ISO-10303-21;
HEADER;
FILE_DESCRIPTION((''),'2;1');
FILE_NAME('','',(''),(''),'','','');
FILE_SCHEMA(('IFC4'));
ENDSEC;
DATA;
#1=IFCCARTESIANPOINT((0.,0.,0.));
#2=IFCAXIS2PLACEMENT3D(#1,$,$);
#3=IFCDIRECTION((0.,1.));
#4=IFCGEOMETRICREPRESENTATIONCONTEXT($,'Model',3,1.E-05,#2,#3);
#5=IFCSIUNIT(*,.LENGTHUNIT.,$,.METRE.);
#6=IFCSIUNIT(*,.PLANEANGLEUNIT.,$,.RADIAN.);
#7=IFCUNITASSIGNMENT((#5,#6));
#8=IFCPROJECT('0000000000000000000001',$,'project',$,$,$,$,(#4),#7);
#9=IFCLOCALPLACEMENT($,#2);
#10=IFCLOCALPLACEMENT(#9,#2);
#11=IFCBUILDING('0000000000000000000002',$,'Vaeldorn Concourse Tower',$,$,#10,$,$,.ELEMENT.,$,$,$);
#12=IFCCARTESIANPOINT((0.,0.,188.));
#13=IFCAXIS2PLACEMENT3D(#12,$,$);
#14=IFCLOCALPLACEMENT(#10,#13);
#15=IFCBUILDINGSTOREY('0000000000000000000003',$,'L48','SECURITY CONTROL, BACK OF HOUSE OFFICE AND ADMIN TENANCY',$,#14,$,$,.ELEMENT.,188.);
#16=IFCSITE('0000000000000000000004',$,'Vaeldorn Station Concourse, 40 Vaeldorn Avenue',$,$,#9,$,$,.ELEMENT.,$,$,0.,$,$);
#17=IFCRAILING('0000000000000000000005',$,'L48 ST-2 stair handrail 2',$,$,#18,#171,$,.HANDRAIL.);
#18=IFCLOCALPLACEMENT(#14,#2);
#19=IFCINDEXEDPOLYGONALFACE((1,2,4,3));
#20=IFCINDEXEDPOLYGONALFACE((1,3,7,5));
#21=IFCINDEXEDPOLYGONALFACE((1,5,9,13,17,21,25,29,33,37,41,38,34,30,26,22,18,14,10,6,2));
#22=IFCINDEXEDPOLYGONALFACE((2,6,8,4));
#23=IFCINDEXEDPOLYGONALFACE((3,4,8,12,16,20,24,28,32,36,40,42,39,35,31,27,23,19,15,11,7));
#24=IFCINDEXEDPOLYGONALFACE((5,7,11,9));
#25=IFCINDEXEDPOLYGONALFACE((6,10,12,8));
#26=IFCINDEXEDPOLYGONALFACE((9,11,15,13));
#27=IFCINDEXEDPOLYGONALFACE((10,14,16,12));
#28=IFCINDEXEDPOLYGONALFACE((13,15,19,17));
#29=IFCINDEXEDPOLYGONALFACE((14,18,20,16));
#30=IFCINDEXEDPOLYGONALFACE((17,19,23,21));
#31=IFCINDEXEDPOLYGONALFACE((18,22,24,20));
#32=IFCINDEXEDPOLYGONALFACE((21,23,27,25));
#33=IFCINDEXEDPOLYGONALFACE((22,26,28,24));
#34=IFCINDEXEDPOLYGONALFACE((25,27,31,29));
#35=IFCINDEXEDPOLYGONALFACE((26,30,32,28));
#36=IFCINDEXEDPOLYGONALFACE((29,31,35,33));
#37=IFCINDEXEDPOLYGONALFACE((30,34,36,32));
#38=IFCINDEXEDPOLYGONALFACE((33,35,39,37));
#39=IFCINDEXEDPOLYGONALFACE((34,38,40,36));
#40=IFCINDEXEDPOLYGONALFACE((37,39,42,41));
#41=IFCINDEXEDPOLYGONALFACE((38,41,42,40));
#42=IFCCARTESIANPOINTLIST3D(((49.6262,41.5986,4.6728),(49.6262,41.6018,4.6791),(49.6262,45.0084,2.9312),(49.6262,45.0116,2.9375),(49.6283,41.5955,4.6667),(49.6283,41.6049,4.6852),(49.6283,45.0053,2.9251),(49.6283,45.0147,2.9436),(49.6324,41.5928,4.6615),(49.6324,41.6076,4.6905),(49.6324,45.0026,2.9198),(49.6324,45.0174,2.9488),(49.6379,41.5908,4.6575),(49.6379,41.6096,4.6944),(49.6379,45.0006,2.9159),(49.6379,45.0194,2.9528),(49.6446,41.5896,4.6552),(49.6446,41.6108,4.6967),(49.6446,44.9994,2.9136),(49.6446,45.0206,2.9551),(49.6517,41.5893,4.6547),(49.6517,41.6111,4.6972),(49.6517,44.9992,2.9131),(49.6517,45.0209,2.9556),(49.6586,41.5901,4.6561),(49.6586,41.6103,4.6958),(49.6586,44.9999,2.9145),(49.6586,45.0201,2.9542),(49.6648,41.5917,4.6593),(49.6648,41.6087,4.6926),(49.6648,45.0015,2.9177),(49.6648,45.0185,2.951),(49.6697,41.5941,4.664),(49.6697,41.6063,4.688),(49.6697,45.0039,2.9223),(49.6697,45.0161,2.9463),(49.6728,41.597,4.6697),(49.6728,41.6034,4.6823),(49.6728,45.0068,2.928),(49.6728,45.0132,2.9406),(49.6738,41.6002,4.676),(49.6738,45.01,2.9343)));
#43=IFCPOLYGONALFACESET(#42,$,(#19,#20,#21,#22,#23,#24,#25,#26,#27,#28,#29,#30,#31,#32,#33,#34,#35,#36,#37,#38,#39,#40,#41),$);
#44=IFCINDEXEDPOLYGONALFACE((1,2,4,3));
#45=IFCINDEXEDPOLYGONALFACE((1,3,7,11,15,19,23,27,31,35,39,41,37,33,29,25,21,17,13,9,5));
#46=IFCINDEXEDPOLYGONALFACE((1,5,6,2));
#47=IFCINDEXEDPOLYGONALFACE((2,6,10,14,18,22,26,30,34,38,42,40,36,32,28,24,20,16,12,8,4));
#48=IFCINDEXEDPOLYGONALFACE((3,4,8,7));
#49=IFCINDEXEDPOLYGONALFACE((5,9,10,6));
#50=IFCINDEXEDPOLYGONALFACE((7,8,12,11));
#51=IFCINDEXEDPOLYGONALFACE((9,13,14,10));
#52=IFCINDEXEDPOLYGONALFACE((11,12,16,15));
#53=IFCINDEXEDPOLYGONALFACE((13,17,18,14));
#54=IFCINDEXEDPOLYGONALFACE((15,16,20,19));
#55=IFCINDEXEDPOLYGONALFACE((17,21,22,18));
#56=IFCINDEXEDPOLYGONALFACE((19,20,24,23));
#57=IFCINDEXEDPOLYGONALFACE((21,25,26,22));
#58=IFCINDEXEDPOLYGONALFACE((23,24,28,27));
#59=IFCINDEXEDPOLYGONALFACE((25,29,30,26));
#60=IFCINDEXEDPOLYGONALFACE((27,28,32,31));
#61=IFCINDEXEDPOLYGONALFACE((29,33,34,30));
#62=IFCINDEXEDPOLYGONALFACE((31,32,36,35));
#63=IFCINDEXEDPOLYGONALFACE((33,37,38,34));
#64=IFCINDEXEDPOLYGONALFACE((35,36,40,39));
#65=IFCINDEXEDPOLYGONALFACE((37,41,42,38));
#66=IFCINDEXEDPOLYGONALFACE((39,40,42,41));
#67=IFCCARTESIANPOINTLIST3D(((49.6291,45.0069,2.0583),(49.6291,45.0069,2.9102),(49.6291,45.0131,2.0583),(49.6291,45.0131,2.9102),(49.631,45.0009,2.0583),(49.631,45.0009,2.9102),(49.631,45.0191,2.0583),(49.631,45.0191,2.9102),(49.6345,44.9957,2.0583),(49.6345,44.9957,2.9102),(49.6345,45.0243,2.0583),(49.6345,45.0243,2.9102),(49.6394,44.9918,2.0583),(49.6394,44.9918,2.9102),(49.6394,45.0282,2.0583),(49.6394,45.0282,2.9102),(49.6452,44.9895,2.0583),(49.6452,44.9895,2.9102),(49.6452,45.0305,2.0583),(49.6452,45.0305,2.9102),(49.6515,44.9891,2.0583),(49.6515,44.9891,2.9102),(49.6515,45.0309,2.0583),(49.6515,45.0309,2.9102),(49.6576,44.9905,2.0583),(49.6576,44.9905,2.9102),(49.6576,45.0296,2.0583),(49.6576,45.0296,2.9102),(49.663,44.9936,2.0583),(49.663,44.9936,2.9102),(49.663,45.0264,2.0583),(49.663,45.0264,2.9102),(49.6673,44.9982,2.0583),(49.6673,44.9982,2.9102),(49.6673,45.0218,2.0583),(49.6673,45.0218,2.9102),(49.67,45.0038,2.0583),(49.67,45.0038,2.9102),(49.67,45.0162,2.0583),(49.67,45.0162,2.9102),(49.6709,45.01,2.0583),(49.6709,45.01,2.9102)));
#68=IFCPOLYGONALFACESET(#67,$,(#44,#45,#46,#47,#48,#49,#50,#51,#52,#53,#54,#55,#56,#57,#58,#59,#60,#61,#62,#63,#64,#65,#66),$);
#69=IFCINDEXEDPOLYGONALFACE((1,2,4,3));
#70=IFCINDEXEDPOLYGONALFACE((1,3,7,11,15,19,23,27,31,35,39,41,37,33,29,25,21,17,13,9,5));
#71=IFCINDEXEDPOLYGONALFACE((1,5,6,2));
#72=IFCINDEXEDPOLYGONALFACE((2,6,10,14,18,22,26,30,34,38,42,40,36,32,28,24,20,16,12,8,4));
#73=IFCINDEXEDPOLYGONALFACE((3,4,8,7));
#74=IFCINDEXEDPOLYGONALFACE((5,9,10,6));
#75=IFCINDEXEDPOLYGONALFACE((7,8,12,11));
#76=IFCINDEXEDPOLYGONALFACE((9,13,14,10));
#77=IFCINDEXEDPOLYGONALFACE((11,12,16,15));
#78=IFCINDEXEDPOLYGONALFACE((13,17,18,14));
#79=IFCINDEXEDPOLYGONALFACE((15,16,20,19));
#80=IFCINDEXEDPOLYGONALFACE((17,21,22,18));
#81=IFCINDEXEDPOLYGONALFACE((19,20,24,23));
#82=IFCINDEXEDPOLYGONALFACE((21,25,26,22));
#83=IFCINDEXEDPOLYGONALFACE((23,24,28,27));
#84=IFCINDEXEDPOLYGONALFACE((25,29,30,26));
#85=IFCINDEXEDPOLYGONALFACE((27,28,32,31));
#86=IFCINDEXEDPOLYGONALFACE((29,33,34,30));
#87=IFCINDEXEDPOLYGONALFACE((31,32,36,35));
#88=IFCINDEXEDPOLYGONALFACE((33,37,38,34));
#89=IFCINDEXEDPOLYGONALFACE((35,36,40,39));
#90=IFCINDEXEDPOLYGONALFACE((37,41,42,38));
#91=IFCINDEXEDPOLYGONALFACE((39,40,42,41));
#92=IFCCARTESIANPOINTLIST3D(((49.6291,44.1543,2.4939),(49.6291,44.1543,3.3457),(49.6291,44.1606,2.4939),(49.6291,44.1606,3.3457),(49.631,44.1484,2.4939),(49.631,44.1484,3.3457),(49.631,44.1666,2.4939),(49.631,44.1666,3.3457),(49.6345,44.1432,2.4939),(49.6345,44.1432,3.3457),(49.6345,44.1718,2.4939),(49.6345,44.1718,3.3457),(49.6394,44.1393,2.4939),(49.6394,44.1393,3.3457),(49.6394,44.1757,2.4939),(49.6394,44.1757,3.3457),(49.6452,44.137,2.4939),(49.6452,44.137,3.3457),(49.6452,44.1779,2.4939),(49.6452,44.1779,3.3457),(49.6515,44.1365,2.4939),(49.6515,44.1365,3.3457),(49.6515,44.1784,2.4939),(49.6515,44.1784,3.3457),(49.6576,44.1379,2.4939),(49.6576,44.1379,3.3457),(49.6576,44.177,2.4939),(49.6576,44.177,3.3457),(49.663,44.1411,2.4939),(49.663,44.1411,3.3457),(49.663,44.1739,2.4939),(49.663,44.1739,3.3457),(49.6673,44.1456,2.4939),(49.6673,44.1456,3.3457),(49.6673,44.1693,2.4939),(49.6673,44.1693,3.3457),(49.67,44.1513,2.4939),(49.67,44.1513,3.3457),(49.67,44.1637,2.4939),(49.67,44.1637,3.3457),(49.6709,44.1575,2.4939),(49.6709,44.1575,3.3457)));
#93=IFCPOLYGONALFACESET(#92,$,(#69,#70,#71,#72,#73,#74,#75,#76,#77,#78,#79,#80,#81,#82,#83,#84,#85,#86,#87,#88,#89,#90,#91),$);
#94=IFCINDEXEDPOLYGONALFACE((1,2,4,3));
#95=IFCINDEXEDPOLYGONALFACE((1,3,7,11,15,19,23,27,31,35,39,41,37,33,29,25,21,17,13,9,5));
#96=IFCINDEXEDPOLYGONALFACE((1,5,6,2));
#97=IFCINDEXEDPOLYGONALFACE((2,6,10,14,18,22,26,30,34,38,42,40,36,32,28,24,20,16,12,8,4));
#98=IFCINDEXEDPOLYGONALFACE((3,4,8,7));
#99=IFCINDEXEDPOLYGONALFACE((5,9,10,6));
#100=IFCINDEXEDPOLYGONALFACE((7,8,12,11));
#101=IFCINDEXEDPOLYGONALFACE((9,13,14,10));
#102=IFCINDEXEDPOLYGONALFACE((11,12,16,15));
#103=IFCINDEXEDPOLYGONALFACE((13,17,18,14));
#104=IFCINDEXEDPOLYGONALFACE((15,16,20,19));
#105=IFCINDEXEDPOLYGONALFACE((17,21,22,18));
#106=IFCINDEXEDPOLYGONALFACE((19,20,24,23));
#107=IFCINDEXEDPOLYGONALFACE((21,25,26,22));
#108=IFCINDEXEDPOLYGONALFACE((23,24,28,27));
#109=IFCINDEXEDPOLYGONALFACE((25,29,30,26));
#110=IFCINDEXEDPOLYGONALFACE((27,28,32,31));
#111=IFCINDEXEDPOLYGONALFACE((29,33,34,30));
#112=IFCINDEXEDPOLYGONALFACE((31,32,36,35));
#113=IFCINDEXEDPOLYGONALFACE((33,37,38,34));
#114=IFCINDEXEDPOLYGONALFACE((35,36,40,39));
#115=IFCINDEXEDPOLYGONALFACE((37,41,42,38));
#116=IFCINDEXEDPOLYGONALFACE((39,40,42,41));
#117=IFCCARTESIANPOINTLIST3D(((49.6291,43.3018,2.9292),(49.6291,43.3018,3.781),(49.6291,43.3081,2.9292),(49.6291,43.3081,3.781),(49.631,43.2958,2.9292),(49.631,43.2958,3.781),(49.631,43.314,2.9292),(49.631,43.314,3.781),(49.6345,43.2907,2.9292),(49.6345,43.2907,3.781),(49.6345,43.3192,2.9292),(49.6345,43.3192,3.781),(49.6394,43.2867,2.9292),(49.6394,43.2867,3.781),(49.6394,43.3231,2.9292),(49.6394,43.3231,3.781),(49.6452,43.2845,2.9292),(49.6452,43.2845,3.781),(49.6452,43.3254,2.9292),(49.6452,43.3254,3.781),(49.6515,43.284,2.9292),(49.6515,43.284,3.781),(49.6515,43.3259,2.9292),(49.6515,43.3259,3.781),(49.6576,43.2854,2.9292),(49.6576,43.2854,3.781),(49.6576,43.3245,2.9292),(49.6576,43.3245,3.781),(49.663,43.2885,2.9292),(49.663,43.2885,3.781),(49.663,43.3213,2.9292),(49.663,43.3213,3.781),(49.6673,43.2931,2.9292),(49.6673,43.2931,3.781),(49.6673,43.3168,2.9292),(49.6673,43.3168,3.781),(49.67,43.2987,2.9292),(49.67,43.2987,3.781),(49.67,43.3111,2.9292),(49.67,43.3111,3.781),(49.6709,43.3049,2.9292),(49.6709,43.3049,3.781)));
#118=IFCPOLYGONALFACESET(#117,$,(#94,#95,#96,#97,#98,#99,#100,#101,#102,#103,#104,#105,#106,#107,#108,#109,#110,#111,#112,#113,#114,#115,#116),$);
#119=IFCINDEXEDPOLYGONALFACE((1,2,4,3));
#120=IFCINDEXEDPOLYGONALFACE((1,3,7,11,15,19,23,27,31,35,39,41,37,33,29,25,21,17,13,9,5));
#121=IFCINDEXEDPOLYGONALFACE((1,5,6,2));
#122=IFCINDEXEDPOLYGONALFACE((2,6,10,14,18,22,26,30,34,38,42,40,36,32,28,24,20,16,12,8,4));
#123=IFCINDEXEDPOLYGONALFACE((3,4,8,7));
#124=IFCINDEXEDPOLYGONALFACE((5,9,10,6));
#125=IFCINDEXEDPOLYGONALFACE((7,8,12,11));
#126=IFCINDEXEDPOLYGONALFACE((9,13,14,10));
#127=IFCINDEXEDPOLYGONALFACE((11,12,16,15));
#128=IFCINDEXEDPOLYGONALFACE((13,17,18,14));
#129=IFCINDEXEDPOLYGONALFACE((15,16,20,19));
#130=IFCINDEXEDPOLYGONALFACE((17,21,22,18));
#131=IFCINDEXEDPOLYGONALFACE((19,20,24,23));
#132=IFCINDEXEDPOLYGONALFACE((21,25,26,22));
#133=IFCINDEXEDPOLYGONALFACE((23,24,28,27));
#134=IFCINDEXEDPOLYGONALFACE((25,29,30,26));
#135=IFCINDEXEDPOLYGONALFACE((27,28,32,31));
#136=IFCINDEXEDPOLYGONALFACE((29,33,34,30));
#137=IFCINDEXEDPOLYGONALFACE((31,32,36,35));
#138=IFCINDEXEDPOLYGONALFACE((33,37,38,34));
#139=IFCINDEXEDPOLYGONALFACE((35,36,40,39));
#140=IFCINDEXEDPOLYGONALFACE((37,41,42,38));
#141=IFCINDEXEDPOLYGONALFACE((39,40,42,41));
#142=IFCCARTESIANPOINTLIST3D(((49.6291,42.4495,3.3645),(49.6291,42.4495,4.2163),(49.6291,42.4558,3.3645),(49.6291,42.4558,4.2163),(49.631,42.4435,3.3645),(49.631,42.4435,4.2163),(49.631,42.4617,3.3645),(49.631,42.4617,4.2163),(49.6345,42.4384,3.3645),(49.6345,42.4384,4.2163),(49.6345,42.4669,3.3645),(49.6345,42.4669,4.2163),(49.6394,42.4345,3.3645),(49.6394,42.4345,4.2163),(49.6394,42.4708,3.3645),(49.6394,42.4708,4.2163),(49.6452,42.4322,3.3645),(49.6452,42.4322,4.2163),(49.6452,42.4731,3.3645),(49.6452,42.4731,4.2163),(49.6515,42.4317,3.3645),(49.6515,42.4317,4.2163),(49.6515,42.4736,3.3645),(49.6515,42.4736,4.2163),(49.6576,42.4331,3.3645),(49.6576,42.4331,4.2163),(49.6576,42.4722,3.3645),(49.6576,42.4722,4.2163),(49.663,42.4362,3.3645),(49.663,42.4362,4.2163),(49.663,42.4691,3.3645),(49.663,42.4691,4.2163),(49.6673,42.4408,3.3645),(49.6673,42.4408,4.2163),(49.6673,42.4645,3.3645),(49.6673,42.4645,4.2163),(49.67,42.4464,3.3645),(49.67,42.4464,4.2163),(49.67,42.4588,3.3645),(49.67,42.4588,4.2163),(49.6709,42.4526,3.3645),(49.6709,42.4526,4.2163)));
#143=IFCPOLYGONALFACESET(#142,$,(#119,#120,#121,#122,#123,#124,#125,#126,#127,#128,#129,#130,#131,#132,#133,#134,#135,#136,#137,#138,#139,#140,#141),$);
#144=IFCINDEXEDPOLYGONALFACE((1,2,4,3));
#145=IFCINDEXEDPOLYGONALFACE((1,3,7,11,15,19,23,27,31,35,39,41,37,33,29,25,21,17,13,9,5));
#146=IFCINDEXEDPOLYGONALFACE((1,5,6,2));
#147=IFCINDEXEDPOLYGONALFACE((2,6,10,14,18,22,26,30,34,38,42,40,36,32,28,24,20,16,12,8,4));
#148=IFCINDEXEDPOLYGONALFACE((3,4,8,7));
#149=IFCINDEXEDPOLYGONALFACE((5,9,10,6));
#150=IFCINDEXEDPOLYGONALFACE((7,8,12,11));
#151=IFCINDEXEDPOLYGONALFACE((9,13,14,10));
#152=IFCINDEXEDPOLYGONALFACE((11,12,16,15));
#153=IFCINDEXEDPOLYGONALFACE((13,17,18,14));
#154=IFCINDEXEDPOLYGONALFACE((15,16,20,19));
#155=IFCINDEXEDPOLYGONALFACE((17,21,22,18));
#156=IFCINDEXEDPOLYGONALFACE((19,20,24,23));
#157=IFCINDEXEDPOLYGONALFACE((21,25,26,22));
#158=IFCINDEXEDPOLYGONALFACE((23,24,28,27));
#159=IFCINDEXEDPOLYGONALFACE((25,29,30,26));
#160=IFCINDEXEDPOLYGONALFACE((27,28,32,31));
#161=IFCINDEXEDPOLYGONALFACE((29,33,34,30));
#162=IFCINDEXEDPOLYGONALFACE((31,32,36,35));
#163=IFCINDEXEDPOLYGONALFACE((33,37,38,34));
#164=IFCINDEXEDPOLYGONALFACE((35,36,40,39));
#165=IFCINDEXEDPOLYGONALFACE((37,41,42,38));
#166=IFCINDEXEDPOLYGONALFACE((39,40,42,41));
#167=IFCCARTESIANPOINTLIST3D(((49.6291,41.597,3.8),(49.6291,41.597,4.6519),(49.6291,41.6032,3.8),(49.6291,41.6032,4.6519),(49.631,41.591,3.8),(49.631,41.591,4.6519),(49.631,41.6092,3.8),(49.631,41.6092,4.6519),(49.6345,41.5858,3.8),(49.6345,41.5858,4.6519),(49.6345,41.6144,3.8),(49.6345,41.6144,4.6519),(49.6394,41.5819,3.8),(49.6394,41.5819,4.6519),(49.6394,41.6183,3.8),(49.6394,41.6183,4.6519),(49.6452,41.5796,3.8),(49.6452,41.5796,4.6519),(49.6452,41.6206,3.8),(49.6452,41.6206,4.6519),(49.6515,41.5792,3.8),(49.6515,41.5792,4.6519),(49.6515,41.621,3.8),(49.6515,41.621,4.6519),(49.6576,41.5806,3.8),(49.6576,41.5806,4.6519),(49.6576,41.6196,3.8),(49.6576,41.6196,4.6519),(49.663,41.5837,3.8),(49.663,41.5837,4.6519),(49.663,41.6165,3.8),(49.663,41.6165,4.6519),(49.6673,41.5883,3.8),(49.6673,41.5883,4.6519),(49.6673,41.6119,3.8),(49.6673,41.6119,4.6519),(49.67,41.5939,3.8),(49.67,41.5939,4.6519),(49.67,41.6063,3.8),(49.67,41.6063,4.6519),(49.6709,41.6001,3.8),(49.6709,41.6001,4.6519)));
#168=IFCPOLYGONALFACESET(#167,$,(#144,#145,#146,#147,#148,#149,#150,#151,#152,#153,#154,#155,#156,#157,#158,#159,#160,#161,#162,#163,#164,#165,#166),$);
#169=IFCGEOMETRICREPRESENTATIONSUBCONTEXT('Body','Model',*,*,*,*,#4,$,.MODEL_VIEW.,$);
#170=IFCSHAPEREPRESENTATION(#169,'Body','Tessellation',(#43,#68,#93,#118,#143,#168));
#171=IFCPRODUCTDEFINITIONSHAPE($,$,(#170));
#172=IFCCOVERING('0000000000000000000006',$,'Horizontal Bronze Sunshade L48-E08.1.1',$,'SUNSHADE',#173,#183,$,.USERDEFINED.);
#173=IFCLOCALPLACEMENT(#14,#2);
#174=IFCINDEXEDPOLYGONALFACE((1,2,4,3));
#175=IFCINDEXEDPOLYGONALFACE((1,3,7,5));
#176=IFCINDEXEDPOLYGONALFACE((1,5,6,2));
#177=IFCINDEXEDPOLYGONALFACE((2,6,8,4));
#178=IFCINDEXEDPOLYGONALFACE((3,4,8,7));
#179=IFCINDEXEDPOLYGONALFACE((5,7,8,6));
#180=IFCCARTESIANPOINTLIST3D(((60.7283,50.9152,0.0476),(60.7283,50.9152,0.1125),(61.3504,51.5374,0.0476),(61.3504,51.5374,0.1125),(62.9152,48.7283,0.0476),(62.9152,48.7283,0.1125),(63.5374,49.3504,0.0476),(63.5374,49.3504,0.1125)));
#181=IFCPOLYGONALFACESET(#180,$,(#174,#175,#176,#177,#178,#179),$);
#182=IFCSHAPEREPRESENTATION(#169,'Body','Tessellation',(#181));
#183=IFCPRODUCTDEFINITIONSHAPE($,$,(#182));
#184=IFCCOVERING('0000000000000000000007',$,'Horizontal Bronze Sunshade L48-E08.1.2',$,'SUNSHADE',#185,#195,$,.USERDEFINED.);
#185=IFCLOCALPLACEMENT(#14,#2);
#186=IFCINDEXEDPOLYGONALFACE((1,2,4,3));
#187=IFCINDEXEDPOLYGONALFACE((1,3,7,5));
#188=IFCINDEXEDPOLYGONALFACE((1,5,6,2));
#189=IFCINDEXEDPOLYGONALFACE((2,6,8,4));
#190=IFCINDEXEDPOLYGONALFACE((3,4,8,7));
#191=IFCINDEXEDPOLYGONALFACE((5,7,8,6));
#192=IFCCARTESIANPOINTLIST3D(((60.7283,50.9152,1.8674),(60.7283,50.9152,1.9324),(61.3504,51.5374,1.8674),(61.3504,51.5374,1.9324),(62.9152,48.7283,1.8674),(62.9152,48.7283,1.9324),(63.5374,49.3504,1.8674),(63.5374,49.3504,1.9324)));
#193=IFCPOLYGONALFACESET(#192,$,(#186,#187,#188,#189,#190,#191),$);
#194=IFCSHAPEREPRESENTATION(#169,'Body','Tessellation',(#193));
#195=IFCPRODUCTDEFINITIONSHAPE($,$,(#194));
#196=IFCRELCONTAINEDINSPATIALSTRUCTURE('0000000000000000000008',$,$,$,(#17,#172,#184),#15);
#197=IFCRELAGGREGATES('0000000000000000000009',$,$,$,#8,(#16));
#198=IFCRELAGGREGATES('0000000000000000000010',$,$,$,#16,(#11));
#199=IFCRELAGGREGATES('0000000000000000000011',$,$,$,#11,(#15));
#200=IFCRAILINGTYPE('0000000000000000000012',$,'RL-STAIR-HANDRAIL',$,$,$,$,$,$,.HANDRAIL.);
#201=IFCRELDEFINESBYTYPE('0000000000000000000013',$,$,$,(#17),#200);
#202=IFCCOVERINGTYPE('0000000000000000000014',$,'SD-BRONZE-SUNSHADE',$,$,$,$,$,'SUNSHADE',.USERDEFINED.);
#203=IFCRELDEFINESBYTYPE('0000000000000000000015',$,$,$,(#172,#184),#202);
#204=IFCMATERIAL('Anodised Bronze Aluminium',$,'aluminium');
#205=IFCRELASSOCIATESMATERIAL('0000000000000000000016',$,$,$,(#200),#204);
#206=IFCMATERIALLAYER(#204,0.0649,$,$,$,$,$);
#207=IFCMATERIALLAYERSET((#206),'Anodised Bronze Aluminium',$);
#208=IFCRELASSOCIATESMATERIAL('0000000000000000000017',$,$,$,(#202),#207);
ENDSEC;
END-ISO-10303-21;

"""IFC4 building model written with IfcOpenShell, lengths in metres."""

from ifc_helpers import new_model, si_unit, direction, frame, origin, origin_2d, place, context, subcontext, project, spatial, rectangle, circle, extrude, source, transform, mapped, material, layer, layer_set, type_object, element, save


model = new_model("IFC4")

# Units and contexts
model_context = context("Model", 3, precision=1e-05, world=origin(), true_north=direction((0.0, 1.0)))
body_context = subcontext(model_context, "Body", "Model", "MODEL_VIEW")
ifc_project = project(units=[si_unit("LENGTHUNIT", "METRE"), si_unit("PLANEANGLEUNIT", "RADIAN")], contexts=[model_context])

# Site, building, storey
site_placement = place(None, origin())
site = spatial("IfcSite", under=ifc_project, at=site_placement, Name="Vaeldorn Station Concourse, 40 Vaeldorn Avenue", CompositionType="ELEMENT", RefElevation=0.0)
building_placement = place(site_placement, origin())
building = spatial("IfcBuilding", under=site, at=building_placement, Name="Vaeldorn Concourse Tower", CompositionType="ELEMENT")
storey_placement = place(building_placement, frame((0.0, 0.0, 188.0)))
storey = spatial("IfcBuildingStorey", under=building, at=storey_placement, Name="L48", Description="SECURITY CONTROL, BACK OF HOUSE OFFICE AND ADMIN TENANCY", CompositionType="ELEMENT", Elevation=188.0)

# Shared definitions
ifc_material_1 = material(Name="Anodised Bronze Aluminium", Category="aluminium")

# Railing
railing_type_1 = type_object("IfcRailingType", Name="RL-STAIR-HANDRAIL", PredefinedType="HANDRAIL", material=ifc_material_1)
railing_1_placement = place(storey_placement, frame((49.6499, 45.01, 2.0583)))
element("IfcRailing", 1, at=railing_1_placement, inside=storey, type_object=railing_type_1, Name="L48 ST-2 stair handrail 2", PredefinedType="HANDRAIL", context=body_context, shape_type="SweptSolid", body=[
    extrude(circle(Radius=0.0239, at=origin_2d()), frame((0.0, 0.0, 0.876), z_axis=(0.0, -0.890556, 0.454874), x_axis=(1.0, 0.0, 0.0)), (0.0, 0.0, 1.0), 3.8289),
    extrude(circle(Radius=0.021, at=origin_2d()), origin(), (0.0, 0.0, 1.0), 0.8518),
    extrude(circle(Radius=0.021, at=origin_2d()), frame((0.0, -0.8525, 0.4355)), (0.0, 0.0, 1.0), 0.8518),
    extrude(circle(Radius=0.021, at=origin_2d()), frame((0.0, -1.7051, 0.8708)), (0.0, 0.0, 1.0), 0.8518),
    extrude(circle(Radius=0.021, at=origin_2d()), frame((0.0, -2.5574, 1.3062)), (0.0, 0.0, 1.0), 0.8518),
    extrude(circle(Radius=0.021, at=origin_2d()), frame((0.0, -3.4099, 1.7417)), (0.0, 0.0, 1.0), 0.8518),
])

# Coverings
ifc_layer_1 = layer(ifc_material_1, 0.0649)
ifc_layer_set_1 = layer_set([ifc_layer_1], Name="Anodised Bronze Aluminium")
covering_type = type_object("IfcCoveringType", Name="SD-BRONZE-SUNSHADE", ElementType="SUNSHADE", PredefinedType="USERDEFINED", material=ifc_layer_set_1)
shared_shape_1 = source(origin(), body_context, "Body", "SweptSolid", [
    extrude(rectangle(XDim=3.0928, YDim=0.8799, at=origin_2d()), origin(), (0.0, 0.0, 1.0), 0.0649),
])
for number, where, z_axis, x_axis, name in (
    (2, (62.1328, 50.1328, 0.0476), (0.0, 0.0, 1.0), (-0.707107, 0.707107, 0.0), "Horizontal Bronze Sunshade L48-E08.1.1"),
    (3, (62.1328, 50.1328, 1.8674), (0.0, 0.0, 1.0), (-0.707107, 0.707107, 0.0), "Horizontal Bronze Sunshade L48-E08.1.2"),
):
    element("IfcCovering", number, at=place(storey_placement, frame(where, z_axis=z_axis, x_axis=x_axis)), inside=storey, type_object=covering_type, Name=name, ObjectType="SUNSHADE", PredefinedType="USERDEFINED", context=body_context, shape_type="MappedRepresentation", body=[
        mapped(shared_shape_1, transform((0.0, 0.0, 0.0), scale=1.0)),
    ])

save(model, "model.ifc")
